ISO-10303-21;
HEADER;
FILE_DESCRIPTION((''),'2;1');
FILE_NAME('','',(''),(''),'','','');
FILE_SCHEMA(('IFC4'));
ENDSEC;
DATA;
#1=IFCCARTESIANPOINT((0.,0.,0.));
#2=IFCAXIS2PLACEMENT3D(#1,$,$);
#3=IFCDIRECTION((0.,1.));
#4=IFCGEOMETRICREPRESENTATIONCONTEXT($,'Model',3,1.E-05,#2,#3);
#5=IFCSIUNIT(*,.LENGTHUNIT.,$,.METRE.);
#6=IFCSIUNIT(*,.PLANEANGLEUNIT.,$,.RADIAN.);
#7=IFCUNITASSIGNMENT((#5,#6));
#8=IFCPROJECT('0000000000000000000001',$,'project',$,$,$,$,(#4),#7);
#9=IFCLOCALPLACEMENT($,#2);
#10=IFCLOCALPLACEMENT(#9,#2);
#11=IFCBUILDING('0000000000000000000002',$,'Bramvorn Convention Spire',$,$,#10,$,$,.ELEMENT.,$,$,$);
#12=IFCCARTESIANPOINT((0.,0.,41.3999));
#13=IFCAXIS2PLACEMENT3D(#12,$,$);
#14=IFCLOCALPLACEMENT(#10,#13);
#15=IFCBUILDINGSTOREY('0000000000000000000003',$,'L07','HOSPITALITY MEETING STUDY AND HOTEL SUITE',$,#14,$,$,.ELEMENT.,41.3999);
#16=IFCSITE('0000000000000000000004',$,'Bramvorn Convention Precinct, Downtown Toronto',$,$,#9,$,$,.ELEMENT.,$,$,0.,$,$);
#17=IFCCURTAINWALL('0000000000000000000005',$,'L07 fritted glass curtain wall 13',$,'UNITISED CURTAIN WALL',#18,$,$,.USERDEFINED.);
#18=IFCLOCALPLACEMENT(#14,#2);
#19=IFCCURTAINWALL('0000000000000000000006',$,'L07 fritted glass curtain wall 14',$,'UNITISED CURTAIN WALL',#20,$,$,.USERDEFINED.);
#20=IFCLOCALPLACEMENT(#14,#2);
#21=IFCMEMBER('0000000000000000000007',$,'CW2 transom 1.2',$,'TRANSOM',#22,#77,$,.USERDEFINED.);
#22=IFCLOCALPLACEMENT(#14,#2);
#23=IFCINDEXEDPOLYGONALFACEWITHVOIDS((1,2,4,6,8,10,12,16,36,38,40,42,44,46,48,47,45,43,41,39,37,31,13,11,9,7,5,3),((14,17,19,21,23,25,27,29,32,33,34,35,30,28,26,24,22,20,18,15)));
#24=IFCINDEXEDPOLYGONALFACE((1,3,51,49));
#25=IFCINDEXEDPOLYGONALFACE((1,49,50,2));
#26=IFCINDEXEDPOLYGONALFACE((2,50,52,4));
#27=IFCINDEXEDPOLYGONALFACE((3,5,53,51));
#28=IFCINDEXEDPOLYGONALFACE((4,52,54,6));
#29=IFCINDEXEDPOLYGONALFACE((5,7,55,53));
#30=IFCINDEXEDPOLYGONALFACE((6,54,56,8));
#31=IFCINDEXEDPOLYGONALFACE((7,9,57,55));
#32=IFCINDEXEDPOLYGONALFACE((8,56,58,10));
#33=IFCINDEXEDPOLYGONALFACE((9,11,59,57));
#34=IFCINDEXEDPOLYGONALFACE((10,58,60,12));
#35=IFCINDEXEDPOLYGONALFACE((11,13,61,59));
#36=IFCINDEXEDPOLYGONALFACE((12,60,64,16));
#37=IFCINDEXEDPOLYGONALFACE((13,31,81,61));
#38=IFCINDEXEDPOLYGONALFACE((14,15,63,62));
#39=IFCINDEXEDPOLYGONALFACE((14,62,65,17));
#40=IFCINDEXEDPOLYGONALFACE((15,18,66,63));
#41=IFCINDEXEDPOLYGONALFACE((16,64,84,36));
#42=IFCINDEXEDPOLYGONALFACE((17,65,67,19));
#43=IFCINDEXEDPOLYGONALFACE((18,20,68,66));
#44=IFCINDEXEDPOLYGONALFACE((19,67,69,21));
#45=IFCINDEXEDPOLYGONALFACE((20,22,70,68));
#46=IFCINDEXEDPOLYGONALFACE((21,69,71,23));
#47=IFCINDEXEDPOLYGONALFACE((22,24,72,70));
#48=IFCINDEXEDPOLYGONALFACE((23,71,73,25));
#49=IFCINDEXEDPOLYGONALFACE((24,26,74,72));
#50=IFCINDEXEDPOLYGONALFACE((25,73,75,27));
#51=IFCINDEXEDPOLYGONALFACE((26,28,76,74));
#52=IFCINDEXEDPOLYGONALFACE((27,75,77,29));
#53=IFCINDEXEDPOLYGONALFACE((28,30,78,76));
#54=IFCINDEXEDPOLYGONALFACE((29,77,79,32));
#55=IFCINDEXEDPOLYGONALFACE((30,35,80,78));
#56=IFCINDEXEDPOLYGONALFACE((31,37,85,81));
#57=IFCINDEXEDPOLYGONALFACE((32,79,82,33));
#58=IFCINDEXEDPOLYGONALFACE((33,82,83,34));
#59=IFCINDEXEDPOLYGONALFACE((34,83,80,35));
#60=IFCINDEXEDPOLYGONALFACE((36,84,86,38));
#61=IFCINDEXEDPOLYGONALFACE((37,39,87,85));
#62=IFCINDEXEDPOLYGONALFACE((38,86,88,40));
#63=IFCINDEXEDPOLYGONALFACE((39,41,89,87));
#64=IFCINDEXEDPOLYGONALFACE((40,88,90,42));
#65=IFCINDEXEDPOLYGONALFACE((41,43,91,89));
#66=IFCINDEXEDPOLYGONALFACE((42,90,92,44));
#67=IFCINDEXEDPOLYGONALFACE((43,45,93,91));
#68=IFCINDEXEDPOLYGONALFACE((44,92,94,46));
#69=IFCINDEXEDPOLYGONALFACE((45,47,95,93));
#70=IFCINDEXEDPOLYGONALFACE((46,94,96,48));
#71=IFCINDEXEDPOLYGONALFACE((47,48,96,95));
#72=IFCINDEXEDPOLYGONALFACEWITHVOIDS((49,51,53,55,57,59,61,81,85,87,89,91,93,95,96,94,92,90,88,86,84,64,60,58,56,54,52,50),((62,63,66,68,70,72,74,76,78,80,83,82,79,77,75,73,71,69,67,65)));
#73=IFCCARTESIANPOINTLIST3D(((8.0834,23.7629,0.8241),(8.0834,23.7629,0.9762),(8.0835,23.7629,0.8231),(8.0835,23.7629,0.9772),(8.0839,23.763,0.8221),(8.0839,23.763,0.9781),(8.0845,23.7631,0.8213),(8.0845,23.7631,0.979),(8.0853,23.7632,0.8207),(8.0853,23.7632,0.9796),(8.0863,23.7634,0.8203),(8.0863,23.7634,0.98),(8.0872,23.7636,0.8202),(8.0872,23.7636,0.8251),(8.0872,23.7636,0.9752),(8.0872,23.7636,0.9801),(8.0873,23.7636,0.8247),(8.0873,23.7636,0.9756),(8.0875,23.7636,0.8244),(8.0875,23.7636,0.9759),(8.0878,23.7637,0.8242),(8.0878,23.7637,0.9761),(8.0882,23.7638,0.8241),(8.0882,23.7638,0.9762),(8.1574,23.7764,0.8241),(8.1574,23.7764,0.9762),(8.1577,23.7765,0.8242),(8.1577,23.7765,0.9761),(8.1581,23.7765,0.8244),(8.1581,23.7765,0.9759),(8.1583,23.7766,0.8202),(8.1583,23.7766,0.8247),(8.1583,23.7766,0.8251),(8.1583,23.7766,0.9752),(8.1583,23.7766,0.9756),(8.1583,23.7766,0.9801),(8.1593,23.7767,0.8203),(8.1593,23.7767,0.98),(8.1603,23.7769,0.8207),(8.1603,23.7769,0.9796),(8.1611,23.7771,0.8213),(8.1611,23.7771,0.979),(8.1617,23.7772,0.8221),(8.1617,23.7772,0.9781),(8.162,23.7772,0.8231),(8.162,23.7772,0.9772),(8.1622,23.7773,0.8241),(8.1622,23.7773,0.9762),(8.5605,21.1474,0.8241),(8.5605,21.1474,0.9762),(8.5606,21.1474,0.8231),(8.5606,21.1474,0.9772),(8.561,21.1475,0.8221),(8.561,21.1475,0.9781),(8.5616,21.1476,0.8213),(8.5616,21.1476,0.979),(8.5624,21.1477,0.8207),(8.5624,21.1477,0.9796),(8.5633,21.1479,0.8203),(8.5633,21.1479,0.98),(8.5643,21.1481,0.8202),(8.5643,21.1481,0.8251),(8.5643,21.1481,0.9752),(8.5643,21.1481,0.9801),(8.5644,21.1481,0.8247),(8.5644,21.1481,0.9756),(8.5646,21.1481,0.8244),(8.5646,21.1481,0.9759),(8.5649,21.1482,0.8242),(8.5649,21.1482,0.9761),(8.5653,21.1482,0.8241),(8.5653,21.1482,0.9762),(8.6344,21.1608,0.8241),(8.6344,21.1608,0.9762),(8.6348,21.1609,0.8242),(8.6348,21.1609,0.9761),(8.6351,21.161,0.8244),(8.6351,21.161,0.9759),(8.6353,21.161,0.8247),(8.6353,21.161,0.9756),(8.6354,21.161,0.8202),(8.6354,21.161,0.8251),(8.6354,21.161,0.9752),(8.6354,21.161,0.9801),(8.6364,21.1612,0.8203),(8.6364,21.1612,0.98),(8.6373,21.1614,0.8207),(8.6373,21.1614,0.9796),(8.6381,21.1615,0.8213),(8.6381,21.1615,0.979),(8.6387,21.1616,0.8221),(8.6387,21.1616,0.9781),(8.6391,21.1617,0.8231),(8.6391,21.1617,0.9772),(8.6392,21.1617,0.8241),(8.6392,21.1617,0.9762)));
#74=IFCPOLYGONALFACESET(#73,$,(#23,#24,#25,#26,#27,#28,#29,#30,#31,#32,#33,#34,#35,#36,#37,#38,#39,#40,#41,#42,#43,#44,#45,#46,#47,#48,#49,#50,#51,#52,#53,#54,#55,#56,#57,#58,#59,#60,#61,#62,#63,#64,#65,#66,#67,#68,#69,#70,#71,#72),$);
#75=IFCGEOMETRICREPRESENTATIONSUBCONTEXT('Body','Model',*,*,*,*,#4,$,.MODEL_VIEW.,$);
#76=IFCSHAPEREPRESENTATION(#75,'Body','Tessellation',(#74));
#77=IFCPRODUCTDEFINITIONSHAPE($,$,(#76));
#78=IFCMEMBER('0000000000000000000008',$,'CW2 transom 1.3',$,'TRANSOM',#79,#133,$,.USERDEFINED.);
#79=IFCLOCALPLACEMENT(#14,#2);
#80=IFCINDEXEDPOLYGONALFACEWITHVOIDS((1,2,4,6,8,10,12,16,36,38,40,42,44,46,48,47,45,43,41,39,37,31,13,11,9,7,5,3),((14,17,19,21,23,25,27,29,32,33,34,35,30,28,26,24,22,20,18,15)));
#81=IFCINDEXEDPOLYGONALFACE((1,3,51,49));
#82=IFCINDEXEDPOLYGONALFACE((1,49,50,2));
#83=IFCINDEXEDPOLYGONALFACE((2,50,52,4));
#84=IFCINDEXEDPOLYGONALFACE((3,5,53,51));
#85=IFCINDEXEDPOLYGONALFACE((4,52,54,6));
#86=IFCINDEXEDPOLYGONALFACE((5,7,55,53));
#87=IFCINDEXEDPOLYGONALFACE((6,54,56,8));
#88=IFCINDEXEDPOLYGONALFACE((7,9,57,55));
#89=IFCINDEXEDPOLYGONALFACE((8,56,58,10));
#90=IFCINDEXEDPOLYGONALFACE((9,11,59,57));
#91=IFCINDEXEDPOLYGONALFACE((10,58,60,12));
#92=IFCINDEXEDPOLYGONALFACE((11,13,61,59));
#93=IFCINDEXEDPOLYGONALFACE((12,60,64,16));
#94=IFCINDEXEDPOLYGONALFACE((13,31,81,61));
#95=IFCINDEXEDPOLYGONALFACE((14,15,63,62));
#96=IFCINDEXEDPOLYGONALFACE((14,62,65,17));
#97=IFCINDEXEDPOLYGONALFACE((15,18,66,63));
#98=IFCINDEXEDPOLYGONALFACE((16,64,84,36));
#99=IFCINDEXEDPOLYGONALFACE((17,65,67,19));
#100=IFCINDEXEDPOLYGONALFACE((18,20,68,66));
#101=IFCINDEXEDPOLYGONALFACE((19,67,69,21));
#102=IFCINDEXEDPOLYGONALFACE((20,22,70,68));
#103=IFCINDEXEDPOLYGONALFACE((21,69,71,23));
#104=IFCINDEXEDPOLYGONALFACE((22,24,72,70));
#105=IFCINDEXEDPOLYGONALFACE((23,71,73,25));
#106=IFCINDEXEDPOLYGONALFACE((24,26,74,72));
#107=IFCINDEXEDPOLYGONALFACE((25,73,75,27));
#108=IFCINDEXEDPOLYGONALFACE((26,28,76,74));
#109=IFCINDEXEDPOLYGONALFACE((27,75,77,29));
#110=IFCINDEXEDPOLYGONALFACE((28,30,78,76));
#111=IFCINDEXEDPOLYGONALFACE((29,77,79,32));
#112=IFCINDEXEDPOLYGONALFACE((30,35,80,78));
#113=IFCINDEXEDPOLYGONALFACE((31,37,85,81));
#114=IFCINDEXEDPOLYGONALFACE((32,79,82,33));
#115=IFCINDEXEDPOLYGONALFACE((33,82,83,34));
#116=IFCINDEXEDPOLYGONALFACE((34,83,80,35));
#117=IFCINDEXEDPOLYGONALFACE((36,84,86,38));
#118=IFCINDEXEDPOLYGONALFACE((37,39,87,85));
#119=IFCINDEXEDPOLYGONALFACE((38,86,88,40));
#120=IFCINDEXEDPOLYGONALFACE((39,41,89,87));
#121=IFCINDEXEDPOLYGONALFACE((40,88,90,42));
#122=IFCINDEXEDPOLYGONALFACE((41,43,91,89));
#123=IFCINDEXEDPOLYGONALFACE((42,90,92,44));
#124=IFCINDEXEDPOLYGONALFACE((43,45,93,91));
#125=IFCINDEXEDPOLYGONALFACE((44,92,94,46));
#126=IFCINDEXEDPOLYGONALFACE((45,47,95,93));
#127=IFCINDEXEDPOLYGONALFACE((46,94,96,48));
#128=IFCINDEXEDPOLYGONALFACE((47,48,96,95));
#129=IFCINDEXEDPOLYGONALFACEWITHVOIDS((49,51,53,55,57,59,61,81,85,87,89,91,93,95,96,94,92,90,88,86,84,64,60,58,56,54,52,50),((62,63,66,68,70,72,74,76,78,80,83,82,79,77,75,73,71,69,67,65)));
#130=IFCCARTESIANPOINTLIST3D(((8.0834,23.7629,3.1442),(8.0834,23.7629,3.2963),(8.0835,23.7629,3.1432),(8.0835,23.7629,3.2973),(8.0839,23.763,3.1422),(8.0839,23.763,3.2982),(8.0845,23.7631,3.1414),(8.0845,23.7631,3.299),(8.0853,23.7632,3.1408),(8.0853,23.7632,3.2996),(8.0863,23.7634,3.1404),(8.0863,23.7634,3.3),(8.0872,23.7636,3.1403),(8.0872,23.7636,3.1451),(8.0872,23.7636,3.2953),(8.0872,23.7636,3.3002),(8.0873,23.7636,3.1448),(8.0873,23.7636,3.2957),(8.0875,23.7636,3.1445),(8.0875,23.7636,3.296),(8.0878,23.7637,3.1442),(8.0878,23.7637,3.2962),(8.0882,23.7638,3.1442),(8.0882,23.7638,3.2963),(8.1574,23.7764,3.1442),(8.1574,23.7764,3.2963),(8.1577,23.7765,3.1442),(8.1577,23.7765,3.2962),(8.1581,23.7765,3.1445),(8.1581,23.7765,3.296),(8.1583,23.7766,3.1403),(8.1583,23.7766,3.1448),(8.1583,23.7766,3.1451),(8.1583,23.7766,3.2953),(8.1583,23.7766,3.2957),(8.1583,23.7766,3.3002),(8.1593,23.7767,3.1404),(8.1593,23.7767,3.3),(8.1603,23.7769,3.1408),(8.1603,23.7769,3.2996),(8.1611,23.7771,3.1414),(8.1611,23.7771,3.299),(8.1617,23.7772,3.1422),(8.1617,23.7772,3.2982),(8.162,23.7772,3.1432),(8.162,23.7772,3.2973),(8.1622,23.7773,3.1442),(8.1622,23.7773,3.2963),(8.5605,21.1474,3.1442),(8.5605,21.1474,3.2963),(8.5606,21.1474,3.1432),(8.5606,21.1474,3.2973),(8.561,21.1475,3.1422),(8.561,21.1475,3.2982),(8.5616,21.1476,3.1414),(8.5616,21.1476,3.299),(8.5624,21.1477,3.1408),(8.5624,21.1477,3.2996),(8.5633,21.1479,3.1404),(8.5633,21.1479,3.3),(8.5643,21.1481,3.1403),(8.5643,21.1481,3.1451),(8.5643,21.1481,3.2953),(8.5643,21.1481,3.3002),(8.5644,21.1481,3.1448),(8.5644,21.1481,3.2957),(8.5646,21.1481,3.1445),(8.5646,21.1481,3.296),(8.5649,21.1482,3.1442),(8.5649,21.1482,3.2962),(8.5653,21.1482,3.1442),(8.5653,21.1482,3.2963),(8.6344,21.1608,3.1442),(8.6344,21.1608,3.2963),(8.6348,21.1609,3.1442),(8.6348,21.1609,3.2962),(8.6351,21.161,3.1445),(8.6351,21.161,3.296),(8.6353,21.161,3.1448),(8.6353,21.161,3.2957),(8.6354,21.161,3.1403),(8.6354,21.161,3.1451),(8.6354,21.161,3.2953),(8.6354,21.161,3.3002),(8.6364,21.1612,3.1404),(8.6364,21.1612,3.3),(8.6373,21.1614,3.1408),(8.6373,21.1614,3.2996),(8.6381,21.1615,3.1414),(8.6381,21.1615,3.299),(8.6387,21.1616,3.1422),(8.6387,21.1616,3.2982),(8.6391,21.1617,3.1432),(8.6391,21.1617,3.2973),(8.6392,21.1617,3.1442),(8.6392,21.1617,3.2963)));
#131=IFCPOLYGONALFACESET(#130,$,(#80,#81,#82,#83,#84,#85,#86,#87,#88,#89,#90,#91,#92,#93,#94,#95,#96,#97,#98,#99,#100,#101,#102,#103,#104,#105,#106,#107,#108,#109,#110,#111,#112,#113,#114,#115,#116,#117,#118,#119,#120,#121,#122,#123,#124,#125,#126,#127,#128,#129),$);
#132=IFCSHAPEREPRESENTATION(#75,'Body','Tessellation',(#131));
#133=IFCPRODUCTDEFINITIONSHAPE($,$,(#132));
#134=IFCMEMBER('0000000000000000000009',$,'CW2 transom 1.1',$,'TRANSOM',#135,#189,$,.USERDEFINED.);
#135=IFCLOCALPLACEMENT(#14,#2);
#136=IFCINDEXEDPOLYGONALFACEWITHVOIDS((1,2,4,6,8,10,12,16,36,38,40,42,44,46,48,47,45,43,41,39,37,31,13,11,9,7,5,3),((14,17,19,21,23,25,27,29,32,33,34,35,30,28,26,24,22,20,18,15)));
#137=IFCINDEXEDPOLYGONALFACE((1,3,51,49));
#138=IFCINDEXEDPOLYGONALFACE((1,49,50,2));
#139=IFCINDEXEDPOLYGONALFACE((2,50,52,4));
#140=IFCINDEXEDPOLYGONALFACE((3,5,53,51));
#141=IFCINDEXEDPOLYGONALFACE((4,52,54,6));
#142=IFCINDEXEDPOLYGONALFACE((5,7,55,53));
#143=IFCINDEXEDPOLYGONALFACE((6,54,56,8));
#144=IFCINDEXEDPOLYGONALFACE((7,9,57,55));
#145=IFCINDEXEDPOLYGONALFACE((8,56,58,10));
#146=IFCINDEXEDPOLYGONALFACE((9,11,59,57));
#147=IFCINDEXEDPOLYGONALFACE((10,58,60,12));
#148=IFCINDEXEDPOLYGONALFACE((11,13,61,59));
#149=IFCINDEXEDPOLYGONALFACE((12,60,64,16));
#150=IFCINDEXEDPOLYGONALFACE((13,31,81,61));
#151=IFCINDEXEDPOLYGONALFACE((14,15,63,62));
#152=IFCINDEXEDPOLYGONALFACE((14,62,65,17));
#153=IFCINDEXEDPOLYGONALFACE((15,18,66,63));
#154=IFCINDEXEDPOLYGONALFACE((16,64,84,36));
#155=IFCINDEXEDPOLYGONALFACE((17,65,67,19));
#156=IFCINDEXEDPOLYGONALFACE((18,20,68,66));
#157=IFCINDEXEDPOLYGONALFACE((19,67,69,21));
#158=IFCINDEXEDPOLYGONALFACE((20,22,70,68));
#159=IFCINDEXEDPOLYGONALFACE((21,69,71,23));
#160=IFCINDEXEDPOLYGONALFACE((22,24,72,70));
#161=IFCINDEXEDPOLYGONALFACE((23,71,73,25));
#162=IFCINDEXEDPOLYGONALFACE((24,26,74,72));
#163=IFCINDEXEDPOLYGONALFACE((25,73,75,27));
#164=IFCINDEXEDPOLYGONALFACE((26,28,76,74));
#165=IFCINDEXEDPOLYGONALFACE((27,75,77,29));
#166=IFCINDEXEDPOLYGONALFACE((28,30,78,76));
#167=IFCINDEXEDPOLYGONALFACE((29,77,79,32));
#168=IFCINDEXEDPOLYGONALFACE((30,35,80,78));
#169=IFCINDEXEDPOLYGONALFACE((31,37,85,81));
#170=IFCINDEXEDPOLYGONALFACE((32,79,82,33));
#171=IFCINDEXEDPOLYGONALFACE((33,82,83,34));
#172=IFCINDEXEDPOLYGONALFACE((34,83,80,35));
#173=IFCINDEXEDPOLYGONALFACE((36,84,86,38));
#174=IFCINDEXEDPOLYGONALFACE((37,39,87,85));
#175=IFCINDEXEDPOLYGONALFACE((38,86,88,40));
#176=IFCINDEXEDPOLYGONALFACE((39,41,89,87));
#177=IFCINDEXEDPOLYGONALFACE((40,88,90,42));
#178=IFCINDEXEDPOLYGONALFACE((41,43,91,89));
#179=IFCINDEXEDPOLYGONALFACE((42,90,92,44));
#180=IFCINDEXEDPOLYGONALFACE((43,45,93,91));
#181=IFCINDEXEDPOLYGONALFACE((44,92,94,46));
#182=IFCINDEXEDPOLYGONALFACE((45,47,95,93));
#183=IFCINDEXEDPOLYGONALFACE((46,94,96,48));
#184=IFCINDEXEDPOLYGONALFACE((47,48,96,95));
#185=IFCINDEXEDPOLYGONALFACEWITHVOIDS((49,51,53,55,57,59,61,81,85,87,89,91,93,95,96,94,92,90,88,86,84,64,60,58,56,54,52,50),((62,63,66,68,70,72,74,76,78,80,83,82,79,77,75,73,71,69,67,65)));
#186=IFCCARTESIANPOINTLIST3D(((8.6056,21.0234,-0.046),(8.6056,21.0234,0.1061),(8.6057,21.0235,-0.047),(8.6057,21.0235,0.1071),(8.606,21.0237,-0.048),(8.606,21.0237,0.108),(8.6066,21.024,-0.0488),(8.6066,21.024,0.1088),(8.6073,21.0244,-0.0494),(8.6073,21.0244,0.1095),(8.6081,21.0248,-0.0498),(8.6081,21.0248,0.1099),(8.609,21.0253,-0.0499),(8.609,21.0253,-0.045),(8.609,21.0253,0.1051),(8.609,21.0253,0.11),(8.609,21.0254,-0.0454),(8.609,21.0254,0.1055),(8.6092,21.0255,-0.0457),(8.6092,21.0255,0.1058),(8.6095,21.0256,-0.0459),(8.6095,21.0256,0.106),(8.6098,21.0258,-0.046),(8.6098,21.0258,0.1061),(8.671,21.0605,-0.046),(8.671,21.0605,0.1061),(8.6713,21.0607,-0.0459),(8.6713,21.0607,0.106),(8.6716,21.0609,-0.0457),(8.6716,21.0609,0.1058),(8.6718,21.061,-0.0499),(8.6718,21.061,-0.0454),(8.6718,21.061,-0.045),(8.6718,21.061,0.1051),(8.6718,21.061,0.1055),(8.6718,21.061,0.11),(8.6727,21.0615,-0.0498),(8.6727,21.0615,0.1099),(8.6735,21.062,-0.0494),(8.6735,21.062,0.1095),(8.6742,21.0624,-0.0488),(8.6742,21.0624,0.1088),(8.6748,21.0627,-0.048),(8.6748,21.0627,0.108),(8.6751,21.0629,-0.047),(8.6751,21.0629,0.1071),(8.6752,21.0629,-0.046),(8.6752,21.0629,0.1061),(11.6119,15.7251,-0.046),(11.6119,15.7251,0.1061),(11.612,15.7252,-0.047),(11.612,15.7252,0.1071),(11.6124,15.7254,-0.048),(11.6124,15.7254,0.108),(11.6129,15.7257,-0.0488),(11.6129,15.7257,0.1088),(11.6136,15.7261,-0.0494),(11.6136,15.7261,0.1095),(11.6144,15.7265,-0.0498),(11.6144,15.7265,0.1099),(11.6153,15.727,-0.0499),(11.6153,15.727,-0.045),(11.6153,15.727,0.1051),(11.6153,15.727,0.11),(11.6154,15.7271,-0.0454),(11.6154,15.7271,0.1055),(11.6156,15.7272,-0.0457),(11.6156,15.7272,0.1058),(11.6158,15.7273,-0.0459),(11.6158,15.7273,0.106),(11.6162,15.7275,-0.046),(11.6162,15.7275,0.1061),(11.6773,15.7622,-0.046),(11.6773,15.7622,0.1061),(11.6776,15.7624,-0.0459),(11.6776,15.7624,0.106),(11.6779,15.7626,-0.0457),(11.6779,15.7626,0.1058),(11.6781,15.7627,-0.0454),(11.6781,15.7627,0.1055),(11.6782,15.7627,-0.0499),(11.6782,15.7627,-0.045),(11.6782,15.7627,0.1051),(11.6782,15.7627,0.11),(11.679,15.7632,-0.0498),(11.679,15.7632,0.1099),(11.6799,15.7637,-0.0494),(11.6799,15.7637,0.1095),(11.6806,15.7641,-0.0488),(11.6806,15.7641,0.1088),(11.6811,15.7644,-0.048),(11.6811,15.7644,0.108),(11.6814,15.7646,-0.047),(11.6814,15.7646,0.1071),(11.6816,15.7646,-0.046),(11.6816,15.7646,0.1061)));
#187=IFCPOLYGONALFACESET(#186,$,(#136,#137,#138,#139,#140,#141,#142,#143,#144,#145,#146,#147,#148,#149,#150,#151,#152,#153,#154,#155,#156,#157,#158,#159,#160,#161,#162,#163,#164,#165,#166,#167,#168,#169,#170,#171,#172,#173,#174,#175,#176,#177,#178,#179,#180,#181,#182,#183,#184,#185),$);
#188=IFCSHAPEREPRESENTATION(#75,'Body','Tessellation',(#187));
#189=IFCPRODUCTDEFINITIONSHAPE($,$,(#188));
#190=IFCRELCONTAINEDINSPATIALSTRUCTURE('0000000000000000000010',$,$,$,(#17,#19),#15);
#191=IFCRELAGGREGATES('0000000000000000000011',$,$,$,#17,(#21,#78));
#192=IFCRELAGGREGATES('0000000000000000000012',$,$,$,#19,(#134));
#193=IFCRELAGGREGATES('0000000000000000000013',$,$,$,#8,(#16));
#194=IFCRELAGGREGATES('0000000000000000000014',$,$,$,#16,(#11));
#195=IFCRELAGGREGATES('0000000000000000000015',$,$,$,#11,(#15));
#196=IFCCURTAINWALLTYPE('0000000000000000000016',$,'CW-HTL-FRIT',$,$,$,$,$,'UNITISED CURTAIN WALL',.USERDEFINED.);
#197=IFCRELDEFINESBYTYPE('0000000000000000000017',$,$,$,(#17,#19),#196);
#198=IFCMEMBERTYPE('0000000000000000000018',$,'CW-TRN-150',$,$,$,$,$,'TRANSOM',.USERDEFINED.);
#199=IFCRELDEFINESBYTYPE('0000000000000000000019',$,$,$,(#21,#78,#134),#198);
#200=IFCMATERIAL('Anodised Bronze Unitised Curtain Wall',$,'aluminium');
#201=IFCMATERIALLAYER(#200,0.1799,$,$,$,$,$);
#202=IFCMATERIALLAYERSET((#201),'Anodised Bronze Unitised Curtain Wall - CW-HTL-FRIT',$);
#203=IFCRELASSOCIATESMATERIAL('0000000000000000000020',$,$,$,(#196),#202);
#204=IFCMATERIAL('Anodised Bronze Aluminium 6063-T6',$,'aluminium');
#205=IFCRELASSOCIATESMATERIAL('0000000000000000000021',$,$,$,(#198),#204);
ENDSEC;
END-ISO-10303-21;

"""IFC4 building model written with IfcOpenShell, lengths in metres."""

from ifc_helpers import new_model, si_unit, direction, frame, origin, origin_2d, place, context, subcontext, project, spatial, hollow_rectangle, extrude, material, layer, layer_set, material_profile, profile_set, type_object, element, aggregate, save


model = new_model("IFC4")

# Units and contexts
model_context = context("Model", 3, precision=1e-05, world=origin(), true_north=direction((0.0, 1.0)))
body_context = subcontext(model_context, "Body", "Model", "MODEL_VIEW")
ifc_project = project(units=[si_unit("LENGTHUNIT", "METRE"), si_unit("PLANEANGLEUNIT", "RADIAN")], contexts=[model_context])

# Site, building, storey
site_placement = place(None, origin())
site = spatial("IfcSite", under=ifc_project, at=site_placement, Name="Bramvorn Convention Precinct, Downtown Toronto", CompositionType="ELEMENT", RefElevation=0.0)
building_placement = place(site_placement, origin())
building = spatial("IfcBuilding", under=site, at=building_placement, Name="Bramvorn Convention Spire", CompositionType="ELEMENT")
storey_placement = place(building_placement, frame((0.0, 0.0, 41.3999)))
storey = spatial("IfcBuildingStorey", under=building, at=storey_placement, Name="L07", Description="HOSPITALITY MEETING STUDY AND HOTEL SUITE", CompositionType="ELEMENT", Elevation=41.3999)

# Curtain wall
ifc_material_1 = material(Name="Anodised Bronze Unitised Curtain Wall", Category="aluminium")
ifc_layer_1 = layer(ifc_material_1, 0.1799)
ifc_layer_set_1 = layer_set([ifc_layer_1], Name="Anodised Bronze Unitised Curtain Wall - CW-HTL-FRIT")
curtain_wall_type = type_object("IfcCurtainWallType", Name="CW-HTL-FRIT", ElementType="UNITISED CURTAIN WALL", PredefinedType="USERDEFINED", material=ifc_layer_set_1)
curtain_wall_1_placement = place(storey_placement, origin())
curtain_wall_1 = element("IfcCurtainWall", 1, at=curtain_wall_1_placement, inside=storey, type_object=curtain_wall_type, Name="L07 fritted glass curtain wall 13", ObjectType="UNITISED CURTAIN WALL", PredefinedType="USERDEFINED")
ifc_material_2 = material(Name="Anodised Bronze Aluminium 6063-T6", Category="aluminium")

# Curtain wall
curtain_wall_2_placement = place(storey_placement, origin())
curtain_wall_2 = element("IfcCurtainWall", 2, at=curtain_wall_2_placement, inside=storey, type_object=curtain_wall_type, Name="L07 fritted glass curtain wall 14", ObjectType="UNITISED CURTAIN WALL", PredefinedType="USERDEFINED")

# Members
ifc_material_profile_1 = material_profile(ifc_material_2, hollow_rectangle(XDim=0.0801, YDim=0.1599, WallThickness=0.0039, InnerFilletRadius=0.001, OuterFilletRadius=0.0039, at=origin_2d()))
ifc_profile_set_1 = profile_set([ifc_material_profile_1], Name="Anodised Bronze Aluminium 6063-T6 - CWT80X160")
member_type_1 = type_object("IfcMemberType", Name="CW-TRN-150", ElementType="TRANSOM", PredefinedType="USERDEFINED", material=ifc_profile_set_1)
member_1_placement = place(storey_placement, frame((8.5999, 21.1545, 0.9001), z_axis=(-0.179435, 0.98377, 0.0), x_axis=(-0.98377, -0.179435, 0.0)))
member_1 = element("IfcMember", 3, at=member_1_placement, type_object=member_type_1, Name="CW2 transom 1.2", ObjectType="TRANSOM", PredefinedType="USERDEFINED", context=body_context, shape_type="SweptSolid", body=[
    extrude(hollow_rectangle(XDim=0.0801, YDim=0.1599, WallThickness=0.0039, InnerFilletRadius=0.001, OuterFilletRadius=0.0039, at=origin_2d()), origin(), (0.0, 0.0, 1.0), 2.6587),
])
member_2_placement = place(storey_placement, frame((8.5999, 21.1545, 3.2202), z_axis=(-0.179435, 0.98377, 0.0), x_axis=(-0.98377, -0.179435, 0.0)))
member_2 = element("IfcMember", 4, at=member_2_placement, type_object=member_type_1, Name="CW2 transom 1.3", ObjectType="TRANSOM", PredefinedType="USERDEFINED", context=body_context, shape_type="SweptSolid", body=[
    extrude(hollow_rectangle(XDim=0.0801, YDim=0.1599, WallThickness=0.0039, InnerFilletRadius=0.001, OuterFilletRadius=0.0039, at=origin_2d()), origin(), (0.0, 0.0, 1.0), 2.6587),
])
member_3_placement = place(storey_placement, frame((11.6467, 15.7449, 0.03), z_axis=(-0.493504, 0.869744, 0.0), x_axis=(-0.869744, -0.493504, 0.0)))
member_3 = element("IfcMember", 5, at=member_3_placement, type_object=member_type_1, Name="CW2 transom 1.1", ObjectType="TRANSOM", PredefinedType="USERDEFINED", context=body_context, shape_type="SweptSolid", body=[
    extrude(hollow_rectangle(XDim=0.0801, YDim=0.1599, WallThickness=0.0039, InnerFilletRadius=0.001, OuterFilletRadius=0.0039, at=origin_2d()), origin(), (0.0, 0.0, 1.0), 6.0918),
])

aggregate(curtain_wall_1, [member_1, member_2])
aggregate(curtain_wall_2, [member_3])

save(model, "model.ifc")
